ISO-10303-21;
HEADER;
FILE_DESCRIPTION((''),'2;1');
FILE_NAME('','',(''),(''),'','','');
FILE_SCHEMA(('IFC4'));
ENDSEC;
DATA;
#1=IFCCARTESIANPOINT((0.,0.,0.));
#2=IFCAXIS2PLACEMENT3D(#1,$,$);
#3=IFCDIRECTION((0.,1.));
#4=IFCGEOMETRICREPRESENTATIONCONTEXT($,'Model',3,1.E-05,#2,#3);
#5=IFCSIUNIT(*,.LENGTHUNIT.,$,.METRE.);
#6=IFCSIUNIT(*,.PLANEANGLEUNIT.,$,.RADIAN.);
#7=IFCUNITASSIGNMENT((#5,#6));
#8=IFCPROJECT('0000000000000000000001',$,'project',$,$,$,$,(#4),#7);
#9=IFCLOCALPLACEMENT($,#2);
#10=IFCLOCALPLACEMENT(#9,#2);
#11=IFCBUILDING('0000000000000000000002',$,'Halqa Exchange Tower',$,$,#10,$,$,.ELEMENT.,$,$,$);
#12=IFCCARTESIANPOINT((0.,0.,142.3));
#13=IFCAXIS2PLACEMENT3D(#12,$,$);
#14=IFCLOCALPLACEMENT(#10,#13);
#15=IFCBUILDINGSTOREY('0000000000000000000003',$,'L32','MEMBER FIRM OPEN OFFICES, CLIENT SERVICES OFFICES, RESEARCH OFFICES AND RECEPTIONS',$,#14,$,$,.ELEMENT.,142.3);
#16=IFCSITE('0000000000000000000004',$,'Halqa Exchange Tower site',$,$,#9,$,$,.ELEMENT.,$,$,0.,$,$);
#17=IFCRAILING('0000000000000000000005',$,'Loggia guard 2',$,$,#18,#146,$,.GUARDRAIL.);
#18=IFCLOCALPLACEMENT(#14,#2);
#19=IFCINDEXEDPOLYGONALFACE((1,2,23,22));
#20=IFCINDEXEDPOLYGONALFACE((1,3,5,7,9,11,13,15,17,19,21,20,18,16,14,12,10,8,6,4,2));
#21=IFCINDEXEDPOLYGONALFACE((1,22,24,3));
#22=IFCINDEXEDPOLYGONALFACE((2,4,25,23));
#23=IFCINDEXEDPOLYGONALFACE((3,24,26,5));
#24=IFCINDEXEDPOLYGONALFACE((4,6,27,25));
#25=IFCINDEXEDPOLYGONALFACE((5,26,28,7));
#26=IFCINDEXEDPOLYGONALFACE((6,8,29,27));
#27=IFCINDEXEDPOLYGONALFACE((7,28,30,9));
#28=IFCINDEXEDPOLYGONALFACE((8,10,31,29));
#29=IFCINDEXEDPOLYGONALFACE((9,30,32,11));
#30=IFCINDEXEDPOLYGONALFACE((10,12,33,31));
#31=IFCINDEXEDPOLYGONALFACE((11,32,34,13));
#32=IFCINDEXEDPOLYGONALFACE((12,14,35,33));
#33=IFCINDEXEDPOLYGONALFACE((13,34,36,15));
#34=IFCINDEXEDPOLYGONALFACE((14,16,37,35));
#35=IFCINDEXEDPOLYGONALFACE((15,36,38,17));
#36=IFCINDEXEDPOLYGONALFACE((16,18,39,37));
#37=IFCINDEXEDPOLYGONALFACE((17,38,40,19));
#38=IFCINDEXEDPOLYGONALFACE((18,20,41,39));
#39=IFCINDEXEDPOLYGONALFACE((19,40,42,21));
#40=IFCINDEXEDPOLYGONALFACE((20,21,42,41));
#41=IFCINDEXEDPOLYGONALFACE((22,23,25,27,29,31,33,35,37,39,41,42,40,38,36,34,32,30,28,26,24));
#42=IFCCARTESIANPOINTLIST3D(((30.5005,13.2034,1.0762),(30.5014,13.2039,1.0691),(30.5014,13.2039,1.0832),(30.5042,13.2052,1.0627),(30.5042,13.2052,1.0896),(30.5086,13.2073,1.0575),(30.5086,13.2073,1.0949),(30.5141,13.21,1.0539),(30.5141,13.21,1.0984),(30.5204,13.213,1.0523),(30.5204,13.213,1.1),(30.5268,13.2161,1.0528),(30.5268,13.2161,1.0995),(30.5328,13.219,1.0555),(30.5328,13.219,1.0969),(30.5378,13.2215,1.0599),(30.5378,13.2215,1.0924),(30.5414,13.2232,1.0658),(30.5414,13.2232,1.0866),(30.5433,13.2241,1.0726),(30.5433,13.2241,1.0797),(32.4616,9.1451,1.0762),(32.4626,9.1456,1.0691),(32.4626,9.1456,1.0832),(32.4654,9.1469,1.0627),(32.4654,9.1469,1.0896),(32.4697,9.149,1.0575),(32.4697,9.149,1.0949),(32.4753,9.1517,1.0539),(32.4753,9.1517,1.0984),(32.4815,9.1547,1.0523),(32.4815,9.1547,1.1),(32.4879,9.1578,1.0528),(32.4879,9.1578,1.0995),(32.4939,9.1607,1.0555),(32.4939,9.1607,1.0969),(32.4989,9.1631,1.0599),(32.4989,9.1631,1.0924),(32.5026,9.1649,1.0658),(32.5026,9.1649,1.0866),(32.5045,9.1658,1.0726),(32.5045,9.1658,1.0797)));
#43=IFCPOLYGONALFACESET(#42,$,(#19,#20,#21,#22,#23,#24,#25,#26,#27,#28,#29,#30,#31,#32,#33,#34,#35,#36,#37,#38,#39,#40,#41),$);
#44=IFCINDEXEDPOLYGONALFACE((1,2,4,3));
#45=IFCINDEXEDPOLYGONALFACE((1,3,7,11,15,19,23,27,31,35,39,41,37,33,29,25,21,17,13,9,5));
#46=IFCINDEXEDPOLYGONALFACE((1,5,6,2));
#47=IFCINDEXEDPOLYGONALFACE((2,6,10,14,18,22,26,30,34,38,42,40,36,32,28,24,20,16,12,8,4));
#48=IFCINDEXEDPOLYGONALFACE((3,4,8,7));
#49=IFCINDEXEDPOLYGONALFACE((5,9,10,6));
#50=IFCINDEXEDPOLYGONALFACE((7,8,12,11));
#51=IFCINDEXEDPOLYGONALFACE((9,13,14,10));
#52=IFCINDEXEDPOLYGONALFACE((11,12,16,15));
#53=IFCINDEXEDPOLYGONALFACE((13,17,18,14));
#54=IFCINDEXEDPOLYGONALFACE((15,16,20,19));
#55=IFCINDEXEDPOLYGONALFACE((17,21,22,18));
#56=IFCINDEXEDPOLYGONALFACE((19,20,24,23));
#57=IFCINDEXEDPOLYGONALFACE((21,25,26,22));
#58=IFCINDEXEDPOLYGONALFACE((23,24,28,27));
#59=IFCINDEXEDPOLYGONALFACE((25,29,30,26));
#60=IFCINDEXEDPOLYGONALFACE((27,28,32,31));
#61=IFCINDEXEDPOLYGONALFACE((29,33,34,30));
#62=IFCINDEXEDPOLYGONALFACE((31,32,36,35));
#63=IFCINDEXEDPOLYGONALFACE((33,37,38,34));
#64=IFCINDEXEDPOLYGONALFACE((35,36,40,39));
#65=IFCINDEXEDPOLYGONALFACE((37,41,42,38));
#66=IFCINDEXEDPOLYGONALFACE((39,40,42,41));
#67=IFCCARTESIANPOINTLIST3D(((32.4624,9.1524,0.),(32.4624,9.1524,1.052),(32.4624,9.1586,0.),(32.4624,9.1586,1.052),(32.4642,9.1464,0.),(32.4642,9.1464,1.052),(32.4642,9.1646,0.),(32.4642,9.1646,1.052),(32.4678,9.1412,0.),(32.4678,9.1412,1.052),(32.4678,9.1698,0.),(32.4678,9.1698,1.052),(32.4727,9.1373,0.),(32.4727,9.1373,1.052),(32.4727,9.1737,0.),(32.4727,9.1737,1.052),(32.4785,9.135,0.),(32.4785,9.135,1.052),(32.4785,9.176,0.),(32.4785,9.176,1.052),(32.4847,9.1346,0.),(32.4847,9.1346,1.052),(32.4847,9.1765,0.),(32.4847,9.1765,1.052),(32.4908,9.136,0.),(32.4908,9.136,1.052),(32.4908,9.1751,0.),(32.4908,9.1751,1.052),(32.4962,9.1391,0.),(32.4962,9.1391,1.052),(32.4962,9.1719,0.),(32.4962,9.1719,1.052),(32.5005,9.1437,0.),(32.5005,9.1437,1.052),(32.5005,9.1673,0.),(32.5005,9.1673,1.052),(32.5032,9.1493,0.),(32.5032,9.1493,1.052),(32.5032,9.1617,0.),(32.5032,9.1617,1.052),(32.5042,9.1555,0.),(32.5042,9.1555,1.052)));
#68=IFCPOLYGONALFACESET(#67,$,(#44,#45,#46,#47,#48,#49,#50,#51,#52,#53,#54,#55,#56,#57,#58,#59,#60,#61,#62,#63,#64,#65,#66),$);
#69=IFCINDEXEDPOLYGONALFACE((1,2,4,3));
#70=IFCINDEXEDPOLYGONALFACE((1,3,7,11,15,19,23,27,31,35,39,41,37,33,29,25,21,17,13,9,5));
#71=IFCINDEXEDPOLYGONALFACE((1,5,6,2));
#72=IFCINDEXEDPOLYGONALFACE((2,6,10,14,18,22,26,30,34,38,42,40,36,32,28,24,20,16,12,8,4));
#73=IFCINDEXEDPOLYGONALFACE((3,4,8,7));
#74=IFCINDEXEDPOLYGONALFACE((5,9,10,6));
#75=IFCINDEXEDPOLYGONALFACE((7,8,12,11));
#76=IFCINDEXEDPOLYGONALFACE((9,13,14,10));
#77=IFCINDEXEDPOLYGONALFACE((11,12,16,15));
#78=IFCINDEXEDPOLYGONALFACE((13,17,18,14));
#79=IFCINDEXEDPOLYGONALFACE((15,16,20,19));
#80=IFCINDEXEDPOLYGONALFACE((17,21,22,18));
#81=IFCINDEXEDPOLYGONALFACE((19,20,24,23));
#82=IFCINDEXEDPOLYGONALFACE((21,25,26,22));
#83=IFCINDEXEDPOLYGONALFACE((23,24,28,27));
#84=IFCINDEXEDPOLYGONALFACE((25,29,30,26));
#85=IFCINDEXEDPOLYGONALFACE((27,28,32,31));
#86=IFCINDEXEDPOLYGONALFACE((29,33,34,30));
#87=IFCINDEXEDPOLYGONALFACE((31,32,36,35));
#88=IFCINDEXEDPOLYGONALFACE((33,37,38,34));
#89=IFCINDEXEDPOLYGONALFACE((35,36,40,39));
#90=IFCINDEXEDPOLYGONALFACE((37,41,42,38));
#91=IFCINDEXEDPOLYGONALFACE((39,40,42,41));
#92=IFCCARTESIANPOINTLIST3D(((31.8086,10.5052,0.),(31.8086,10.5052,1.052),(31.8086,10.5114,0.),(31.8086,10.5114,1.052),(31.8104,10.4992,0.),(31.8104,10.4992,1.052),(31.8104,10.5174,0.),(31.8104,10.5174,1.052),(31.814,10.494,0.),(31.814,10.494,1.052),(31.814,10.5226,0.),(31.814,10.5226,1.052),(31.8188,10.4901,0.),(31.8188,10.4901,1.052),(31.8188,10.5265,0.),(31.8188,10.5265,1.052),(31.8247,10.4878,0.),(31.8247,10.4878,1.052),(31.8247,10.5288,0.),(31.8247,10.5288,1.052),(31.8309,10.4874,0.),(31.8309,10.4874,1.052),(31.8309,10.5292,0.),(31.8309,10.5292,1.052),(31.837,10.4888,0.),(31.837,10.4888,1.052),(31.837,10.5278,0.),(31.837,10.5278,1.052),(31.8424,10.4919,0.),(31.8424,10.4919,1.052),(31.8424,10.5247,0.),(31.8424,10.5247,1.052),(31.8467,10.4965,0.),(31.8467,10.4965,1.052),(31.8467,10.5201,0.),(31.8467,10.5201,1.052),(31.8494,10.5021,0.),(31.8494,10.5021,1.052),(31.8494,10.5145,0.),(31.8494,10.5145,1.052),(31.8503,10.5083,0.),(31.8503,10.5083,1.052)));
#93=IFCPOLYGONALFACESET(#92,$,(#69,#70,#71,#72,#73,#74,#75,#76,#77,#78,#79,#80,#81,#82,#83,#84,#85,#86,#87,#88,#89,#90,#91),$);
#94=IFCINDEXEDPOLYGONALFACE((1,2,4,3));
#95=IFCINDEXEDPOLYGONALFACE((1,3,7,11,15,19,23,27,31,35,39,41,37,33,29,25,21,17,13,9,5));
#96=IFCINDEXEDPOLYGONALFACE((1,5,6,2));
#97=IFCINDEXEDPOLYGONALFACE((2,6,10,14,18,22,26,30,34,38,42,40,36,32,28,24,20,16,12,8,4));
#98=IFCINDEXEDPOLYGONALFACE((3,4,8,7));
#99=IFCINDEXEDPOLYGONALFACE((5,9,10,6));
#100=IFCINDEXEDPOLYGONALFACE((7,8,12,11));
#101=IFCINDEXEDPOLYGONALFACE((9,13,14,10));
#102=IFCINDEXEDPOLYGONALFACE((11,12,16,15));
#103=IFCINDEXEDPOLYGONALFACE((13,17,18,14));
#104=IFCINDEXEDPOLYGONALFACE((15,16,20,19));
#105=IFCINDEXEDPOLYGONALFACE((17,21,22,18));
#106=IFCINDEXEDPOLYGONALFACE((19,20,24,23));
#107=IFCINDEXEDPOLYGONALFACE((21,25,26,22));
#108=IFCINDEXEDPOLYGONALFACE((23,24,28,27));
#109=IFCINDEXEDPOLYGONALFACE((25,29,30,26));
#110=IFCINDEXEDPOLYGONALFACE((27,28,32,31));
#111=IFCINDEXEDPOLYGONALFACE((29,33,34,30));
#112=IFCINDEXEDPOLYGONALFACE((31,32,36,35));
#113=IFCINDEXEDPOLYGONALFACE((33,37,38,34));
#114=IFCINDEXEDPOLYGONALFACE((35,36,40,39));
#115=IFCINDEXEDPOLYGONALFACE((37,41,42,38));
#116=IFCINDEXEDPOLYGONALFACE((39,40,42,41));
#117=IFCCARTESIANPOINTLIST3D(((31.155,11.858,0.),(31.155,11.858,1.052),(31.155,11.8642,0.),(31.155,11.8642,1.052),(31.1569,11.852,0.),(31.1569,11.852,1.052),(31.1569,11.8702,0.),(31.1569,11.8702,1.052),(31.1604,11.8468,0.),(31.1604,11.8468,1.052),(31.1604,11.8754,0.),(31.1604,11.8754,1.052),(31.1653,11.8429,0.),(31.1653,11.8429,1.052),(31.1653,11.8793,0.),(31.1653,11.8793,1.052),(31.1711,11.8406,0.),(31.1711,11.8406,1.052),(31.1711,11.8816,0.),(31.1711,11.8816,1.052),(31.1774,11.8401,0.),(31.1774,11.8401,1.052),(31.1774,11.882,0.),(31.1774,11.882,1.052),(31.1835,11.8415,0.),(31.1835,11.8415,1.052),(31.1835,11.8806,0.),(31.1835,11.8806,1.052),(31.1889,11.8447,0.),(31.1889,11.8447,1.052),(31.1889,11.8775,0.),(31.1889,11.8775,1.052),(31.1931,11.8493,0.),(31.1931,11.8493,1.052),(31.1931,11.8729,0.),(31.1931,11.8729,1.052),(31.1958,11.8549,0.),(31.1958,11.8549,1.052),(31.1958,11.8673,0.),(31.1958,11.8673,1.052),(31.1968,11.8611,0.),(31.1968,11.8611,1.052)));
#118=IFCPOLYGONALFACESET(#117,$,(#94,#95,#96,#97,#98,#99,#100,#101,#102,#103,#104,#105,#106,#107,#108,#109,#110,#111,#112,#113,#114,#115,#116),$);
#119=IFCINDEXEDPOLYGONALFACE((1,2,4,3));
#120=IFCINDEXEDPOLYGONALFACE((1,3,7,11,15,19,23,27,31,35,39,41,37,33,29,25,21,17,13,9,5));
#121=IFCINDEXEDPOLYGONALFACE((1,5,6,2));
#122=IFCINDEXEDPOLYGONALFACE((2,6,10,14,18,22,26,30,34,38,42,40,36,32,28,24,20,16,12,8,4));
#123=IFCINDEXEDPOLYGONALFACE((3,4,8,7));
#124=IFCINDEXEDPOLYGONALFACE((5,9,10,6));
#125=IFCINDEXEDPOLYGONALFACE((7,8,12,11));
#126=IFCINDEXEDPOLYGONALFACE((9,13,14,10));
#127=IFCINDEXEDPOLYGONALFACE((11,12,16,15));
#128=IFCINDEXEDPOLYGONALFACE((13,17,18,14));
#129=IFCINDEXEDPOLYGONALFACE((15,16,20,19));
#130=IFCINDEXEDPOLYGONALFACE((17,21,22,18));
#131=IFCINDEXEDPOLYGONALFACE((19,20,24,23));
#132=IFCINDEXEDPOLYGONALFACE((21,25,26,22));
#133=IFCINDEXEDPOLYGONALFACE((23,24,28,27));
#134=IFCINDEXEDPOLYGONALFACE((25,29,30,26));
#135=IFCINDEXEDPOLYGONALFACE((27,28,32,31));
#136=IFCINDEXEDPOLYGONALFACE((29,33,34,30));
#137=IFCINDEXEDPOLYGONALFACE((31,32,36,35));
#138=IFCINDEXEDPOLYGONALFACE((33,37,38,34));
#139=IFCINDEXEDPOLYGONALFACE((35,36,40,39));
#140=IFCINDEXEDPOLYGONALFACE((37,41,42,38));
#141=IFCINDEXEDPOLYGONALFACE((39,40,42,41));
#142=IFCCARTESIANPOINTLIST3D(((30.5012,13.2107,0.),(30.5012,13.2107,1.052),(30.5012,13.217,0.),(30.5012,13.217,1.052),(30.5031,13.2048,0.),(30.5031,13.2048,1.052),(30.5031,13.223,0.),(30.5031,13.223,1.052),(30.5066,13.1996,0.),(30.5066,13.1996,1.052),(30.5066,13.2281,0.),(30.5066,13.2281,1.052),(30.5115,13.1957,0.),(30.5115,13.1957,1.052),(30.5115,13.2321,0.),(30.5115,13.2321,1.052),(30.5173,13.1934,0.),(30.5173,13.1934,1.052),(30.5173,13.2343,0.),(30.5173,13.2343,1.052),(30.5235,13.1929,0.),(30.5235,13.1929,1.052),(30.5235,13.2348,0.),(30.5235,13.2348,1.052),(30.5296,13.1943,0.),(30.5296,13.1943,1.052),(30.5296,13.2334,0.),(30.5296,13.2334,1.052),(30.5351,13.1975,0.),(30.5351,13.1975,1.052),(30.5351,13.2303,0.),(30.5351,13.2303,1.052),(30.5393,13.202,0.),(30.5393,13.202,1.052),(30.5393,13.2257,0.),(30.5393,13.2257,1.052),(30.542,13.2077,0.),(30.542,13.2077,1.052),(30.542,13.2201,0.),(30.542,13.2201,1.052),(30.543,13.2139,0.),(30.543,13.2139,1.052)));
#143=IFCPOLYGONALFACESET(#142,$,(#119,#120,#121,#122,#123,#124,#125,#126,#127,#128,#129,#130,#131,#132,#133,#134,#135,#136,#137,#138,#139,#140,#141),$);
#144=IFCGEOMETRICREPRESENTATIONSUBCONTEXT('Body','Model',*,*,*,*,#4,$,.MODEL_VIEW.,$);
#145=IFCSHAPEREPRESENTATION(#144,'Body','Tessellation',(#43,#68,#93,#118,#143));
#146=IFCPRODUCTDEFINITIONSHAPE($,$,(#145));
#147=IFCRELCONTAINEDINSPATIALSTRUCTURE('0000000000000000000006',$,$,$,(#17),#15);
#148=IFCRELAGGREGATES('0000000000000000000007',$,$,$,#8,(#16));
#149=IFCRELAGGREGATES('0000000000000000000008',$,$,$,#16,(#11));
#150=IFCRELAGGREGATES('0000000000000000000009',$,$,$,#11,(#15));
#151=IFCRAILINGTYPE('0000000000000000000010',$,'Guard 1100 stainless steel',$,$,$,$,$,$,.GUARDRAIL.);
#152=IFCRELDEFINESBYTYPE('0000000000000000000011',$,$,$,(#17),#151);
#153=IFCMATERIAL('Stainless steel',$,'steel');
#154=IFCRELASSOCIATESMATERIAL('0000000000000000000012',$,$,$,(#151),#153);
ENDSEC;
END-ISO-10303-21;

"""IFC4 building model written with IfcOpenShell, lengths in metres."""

from ifc_helpers import new_model, si_unit, direction, frame, origin, origin_2d, place, context, subcontext, project, spatial, circle, extrude, material, type_object, element, save


model = new_model("IFC4")

# Units and contexts
model_context = context("Model", 3, precision=1e-05, world=origin(), true_north=direction((0.0, 1.0)))
body_context = subcontext(model_context, "Body", "Model", "MODEL_VIEW")
ifc_project = project(units=[si_unit("LENGTHUNIT", "METRE"), si_unit("PLANEANGLEUNIT", "RADIAN")], contexts=[model_context])

# Site, building, storey
site_placement = place(None, origin())
site = spatial("IfcSite", under=ifc_project, at=site_placement, Name="Halqa Exchange Tower site", CompositionType="ELEMENT", RefElevation=0.0)
building_placement = place(site_placement, origin())
building = spatial("IfcBuilding", under=site, at=building_placement, Name="Halqa Exchange Tower", CompositionType="ELEMENT")
storey_placement = place(building_placement, frame((0.0, 0.0, 142.3)))
storey = spatial("IfcBuildingStorey", under=building, at=storey_placement, Name="L32", Description="MEMBER FIRM OPEN OFFICES, CLIENT SERVICES OFFICES, RESEARCH OFFICES AND RECEPTIONS", CompositionType="ELEMENT", Elevation=142.3)

# Railing
ifc_material_1 = material(Name="Stainless steel", Category="steel")
railing_type = type_object("IfcRailingType", Name="Guard 1100 stainless steel", PredefinedType="GUARDRAIL", material=ifc_material_1)
railing_1_placement = place(storey_placement, frame((32.4832, 9.1555, 0.0)))
element("IfcRailing", 1, at=railing_1_placement, inside=storey, type_object=railing_type, Name="Loggia guard 2", PredefinedType="GUARDRAIL", context=body_context, shape_type="SweptSolid", body=[
    extrude(circle(Radius=0.0239, at=origin_2d()), frame((0.0, 0.0, 1.0762), z_axis=(-0.435105, 0.90038, 0.0), x_axis=(-0.90038, -0.435105, 0.0)), (0.0, 0.0, 1.0), 4.5073),
    extrude(circle(Radius=0.021, at=origin_2d()), origin(), (0.0, 0.0, 1.0), 1.052),
    extrude(circle(Radius=0.021, at=origin_2d()), frame((-0.6538, 1.3528, 0.0)), (0.0, 0.0, 1.0), 1.052),
    extrude(circle(Radius=0.021, at=origin_2d()), frame((-1.3074, 2.7056, 0.0)), (0.0, 0.0, 1.0), 1.052),
    extrude(circle(Radius=0.021, at=origin_2d()), frame((-1.9612, 4.0583, 0.0)), (0.0, 0.0, 1.0), 1.052),
])

save(model, "model.ifc")
